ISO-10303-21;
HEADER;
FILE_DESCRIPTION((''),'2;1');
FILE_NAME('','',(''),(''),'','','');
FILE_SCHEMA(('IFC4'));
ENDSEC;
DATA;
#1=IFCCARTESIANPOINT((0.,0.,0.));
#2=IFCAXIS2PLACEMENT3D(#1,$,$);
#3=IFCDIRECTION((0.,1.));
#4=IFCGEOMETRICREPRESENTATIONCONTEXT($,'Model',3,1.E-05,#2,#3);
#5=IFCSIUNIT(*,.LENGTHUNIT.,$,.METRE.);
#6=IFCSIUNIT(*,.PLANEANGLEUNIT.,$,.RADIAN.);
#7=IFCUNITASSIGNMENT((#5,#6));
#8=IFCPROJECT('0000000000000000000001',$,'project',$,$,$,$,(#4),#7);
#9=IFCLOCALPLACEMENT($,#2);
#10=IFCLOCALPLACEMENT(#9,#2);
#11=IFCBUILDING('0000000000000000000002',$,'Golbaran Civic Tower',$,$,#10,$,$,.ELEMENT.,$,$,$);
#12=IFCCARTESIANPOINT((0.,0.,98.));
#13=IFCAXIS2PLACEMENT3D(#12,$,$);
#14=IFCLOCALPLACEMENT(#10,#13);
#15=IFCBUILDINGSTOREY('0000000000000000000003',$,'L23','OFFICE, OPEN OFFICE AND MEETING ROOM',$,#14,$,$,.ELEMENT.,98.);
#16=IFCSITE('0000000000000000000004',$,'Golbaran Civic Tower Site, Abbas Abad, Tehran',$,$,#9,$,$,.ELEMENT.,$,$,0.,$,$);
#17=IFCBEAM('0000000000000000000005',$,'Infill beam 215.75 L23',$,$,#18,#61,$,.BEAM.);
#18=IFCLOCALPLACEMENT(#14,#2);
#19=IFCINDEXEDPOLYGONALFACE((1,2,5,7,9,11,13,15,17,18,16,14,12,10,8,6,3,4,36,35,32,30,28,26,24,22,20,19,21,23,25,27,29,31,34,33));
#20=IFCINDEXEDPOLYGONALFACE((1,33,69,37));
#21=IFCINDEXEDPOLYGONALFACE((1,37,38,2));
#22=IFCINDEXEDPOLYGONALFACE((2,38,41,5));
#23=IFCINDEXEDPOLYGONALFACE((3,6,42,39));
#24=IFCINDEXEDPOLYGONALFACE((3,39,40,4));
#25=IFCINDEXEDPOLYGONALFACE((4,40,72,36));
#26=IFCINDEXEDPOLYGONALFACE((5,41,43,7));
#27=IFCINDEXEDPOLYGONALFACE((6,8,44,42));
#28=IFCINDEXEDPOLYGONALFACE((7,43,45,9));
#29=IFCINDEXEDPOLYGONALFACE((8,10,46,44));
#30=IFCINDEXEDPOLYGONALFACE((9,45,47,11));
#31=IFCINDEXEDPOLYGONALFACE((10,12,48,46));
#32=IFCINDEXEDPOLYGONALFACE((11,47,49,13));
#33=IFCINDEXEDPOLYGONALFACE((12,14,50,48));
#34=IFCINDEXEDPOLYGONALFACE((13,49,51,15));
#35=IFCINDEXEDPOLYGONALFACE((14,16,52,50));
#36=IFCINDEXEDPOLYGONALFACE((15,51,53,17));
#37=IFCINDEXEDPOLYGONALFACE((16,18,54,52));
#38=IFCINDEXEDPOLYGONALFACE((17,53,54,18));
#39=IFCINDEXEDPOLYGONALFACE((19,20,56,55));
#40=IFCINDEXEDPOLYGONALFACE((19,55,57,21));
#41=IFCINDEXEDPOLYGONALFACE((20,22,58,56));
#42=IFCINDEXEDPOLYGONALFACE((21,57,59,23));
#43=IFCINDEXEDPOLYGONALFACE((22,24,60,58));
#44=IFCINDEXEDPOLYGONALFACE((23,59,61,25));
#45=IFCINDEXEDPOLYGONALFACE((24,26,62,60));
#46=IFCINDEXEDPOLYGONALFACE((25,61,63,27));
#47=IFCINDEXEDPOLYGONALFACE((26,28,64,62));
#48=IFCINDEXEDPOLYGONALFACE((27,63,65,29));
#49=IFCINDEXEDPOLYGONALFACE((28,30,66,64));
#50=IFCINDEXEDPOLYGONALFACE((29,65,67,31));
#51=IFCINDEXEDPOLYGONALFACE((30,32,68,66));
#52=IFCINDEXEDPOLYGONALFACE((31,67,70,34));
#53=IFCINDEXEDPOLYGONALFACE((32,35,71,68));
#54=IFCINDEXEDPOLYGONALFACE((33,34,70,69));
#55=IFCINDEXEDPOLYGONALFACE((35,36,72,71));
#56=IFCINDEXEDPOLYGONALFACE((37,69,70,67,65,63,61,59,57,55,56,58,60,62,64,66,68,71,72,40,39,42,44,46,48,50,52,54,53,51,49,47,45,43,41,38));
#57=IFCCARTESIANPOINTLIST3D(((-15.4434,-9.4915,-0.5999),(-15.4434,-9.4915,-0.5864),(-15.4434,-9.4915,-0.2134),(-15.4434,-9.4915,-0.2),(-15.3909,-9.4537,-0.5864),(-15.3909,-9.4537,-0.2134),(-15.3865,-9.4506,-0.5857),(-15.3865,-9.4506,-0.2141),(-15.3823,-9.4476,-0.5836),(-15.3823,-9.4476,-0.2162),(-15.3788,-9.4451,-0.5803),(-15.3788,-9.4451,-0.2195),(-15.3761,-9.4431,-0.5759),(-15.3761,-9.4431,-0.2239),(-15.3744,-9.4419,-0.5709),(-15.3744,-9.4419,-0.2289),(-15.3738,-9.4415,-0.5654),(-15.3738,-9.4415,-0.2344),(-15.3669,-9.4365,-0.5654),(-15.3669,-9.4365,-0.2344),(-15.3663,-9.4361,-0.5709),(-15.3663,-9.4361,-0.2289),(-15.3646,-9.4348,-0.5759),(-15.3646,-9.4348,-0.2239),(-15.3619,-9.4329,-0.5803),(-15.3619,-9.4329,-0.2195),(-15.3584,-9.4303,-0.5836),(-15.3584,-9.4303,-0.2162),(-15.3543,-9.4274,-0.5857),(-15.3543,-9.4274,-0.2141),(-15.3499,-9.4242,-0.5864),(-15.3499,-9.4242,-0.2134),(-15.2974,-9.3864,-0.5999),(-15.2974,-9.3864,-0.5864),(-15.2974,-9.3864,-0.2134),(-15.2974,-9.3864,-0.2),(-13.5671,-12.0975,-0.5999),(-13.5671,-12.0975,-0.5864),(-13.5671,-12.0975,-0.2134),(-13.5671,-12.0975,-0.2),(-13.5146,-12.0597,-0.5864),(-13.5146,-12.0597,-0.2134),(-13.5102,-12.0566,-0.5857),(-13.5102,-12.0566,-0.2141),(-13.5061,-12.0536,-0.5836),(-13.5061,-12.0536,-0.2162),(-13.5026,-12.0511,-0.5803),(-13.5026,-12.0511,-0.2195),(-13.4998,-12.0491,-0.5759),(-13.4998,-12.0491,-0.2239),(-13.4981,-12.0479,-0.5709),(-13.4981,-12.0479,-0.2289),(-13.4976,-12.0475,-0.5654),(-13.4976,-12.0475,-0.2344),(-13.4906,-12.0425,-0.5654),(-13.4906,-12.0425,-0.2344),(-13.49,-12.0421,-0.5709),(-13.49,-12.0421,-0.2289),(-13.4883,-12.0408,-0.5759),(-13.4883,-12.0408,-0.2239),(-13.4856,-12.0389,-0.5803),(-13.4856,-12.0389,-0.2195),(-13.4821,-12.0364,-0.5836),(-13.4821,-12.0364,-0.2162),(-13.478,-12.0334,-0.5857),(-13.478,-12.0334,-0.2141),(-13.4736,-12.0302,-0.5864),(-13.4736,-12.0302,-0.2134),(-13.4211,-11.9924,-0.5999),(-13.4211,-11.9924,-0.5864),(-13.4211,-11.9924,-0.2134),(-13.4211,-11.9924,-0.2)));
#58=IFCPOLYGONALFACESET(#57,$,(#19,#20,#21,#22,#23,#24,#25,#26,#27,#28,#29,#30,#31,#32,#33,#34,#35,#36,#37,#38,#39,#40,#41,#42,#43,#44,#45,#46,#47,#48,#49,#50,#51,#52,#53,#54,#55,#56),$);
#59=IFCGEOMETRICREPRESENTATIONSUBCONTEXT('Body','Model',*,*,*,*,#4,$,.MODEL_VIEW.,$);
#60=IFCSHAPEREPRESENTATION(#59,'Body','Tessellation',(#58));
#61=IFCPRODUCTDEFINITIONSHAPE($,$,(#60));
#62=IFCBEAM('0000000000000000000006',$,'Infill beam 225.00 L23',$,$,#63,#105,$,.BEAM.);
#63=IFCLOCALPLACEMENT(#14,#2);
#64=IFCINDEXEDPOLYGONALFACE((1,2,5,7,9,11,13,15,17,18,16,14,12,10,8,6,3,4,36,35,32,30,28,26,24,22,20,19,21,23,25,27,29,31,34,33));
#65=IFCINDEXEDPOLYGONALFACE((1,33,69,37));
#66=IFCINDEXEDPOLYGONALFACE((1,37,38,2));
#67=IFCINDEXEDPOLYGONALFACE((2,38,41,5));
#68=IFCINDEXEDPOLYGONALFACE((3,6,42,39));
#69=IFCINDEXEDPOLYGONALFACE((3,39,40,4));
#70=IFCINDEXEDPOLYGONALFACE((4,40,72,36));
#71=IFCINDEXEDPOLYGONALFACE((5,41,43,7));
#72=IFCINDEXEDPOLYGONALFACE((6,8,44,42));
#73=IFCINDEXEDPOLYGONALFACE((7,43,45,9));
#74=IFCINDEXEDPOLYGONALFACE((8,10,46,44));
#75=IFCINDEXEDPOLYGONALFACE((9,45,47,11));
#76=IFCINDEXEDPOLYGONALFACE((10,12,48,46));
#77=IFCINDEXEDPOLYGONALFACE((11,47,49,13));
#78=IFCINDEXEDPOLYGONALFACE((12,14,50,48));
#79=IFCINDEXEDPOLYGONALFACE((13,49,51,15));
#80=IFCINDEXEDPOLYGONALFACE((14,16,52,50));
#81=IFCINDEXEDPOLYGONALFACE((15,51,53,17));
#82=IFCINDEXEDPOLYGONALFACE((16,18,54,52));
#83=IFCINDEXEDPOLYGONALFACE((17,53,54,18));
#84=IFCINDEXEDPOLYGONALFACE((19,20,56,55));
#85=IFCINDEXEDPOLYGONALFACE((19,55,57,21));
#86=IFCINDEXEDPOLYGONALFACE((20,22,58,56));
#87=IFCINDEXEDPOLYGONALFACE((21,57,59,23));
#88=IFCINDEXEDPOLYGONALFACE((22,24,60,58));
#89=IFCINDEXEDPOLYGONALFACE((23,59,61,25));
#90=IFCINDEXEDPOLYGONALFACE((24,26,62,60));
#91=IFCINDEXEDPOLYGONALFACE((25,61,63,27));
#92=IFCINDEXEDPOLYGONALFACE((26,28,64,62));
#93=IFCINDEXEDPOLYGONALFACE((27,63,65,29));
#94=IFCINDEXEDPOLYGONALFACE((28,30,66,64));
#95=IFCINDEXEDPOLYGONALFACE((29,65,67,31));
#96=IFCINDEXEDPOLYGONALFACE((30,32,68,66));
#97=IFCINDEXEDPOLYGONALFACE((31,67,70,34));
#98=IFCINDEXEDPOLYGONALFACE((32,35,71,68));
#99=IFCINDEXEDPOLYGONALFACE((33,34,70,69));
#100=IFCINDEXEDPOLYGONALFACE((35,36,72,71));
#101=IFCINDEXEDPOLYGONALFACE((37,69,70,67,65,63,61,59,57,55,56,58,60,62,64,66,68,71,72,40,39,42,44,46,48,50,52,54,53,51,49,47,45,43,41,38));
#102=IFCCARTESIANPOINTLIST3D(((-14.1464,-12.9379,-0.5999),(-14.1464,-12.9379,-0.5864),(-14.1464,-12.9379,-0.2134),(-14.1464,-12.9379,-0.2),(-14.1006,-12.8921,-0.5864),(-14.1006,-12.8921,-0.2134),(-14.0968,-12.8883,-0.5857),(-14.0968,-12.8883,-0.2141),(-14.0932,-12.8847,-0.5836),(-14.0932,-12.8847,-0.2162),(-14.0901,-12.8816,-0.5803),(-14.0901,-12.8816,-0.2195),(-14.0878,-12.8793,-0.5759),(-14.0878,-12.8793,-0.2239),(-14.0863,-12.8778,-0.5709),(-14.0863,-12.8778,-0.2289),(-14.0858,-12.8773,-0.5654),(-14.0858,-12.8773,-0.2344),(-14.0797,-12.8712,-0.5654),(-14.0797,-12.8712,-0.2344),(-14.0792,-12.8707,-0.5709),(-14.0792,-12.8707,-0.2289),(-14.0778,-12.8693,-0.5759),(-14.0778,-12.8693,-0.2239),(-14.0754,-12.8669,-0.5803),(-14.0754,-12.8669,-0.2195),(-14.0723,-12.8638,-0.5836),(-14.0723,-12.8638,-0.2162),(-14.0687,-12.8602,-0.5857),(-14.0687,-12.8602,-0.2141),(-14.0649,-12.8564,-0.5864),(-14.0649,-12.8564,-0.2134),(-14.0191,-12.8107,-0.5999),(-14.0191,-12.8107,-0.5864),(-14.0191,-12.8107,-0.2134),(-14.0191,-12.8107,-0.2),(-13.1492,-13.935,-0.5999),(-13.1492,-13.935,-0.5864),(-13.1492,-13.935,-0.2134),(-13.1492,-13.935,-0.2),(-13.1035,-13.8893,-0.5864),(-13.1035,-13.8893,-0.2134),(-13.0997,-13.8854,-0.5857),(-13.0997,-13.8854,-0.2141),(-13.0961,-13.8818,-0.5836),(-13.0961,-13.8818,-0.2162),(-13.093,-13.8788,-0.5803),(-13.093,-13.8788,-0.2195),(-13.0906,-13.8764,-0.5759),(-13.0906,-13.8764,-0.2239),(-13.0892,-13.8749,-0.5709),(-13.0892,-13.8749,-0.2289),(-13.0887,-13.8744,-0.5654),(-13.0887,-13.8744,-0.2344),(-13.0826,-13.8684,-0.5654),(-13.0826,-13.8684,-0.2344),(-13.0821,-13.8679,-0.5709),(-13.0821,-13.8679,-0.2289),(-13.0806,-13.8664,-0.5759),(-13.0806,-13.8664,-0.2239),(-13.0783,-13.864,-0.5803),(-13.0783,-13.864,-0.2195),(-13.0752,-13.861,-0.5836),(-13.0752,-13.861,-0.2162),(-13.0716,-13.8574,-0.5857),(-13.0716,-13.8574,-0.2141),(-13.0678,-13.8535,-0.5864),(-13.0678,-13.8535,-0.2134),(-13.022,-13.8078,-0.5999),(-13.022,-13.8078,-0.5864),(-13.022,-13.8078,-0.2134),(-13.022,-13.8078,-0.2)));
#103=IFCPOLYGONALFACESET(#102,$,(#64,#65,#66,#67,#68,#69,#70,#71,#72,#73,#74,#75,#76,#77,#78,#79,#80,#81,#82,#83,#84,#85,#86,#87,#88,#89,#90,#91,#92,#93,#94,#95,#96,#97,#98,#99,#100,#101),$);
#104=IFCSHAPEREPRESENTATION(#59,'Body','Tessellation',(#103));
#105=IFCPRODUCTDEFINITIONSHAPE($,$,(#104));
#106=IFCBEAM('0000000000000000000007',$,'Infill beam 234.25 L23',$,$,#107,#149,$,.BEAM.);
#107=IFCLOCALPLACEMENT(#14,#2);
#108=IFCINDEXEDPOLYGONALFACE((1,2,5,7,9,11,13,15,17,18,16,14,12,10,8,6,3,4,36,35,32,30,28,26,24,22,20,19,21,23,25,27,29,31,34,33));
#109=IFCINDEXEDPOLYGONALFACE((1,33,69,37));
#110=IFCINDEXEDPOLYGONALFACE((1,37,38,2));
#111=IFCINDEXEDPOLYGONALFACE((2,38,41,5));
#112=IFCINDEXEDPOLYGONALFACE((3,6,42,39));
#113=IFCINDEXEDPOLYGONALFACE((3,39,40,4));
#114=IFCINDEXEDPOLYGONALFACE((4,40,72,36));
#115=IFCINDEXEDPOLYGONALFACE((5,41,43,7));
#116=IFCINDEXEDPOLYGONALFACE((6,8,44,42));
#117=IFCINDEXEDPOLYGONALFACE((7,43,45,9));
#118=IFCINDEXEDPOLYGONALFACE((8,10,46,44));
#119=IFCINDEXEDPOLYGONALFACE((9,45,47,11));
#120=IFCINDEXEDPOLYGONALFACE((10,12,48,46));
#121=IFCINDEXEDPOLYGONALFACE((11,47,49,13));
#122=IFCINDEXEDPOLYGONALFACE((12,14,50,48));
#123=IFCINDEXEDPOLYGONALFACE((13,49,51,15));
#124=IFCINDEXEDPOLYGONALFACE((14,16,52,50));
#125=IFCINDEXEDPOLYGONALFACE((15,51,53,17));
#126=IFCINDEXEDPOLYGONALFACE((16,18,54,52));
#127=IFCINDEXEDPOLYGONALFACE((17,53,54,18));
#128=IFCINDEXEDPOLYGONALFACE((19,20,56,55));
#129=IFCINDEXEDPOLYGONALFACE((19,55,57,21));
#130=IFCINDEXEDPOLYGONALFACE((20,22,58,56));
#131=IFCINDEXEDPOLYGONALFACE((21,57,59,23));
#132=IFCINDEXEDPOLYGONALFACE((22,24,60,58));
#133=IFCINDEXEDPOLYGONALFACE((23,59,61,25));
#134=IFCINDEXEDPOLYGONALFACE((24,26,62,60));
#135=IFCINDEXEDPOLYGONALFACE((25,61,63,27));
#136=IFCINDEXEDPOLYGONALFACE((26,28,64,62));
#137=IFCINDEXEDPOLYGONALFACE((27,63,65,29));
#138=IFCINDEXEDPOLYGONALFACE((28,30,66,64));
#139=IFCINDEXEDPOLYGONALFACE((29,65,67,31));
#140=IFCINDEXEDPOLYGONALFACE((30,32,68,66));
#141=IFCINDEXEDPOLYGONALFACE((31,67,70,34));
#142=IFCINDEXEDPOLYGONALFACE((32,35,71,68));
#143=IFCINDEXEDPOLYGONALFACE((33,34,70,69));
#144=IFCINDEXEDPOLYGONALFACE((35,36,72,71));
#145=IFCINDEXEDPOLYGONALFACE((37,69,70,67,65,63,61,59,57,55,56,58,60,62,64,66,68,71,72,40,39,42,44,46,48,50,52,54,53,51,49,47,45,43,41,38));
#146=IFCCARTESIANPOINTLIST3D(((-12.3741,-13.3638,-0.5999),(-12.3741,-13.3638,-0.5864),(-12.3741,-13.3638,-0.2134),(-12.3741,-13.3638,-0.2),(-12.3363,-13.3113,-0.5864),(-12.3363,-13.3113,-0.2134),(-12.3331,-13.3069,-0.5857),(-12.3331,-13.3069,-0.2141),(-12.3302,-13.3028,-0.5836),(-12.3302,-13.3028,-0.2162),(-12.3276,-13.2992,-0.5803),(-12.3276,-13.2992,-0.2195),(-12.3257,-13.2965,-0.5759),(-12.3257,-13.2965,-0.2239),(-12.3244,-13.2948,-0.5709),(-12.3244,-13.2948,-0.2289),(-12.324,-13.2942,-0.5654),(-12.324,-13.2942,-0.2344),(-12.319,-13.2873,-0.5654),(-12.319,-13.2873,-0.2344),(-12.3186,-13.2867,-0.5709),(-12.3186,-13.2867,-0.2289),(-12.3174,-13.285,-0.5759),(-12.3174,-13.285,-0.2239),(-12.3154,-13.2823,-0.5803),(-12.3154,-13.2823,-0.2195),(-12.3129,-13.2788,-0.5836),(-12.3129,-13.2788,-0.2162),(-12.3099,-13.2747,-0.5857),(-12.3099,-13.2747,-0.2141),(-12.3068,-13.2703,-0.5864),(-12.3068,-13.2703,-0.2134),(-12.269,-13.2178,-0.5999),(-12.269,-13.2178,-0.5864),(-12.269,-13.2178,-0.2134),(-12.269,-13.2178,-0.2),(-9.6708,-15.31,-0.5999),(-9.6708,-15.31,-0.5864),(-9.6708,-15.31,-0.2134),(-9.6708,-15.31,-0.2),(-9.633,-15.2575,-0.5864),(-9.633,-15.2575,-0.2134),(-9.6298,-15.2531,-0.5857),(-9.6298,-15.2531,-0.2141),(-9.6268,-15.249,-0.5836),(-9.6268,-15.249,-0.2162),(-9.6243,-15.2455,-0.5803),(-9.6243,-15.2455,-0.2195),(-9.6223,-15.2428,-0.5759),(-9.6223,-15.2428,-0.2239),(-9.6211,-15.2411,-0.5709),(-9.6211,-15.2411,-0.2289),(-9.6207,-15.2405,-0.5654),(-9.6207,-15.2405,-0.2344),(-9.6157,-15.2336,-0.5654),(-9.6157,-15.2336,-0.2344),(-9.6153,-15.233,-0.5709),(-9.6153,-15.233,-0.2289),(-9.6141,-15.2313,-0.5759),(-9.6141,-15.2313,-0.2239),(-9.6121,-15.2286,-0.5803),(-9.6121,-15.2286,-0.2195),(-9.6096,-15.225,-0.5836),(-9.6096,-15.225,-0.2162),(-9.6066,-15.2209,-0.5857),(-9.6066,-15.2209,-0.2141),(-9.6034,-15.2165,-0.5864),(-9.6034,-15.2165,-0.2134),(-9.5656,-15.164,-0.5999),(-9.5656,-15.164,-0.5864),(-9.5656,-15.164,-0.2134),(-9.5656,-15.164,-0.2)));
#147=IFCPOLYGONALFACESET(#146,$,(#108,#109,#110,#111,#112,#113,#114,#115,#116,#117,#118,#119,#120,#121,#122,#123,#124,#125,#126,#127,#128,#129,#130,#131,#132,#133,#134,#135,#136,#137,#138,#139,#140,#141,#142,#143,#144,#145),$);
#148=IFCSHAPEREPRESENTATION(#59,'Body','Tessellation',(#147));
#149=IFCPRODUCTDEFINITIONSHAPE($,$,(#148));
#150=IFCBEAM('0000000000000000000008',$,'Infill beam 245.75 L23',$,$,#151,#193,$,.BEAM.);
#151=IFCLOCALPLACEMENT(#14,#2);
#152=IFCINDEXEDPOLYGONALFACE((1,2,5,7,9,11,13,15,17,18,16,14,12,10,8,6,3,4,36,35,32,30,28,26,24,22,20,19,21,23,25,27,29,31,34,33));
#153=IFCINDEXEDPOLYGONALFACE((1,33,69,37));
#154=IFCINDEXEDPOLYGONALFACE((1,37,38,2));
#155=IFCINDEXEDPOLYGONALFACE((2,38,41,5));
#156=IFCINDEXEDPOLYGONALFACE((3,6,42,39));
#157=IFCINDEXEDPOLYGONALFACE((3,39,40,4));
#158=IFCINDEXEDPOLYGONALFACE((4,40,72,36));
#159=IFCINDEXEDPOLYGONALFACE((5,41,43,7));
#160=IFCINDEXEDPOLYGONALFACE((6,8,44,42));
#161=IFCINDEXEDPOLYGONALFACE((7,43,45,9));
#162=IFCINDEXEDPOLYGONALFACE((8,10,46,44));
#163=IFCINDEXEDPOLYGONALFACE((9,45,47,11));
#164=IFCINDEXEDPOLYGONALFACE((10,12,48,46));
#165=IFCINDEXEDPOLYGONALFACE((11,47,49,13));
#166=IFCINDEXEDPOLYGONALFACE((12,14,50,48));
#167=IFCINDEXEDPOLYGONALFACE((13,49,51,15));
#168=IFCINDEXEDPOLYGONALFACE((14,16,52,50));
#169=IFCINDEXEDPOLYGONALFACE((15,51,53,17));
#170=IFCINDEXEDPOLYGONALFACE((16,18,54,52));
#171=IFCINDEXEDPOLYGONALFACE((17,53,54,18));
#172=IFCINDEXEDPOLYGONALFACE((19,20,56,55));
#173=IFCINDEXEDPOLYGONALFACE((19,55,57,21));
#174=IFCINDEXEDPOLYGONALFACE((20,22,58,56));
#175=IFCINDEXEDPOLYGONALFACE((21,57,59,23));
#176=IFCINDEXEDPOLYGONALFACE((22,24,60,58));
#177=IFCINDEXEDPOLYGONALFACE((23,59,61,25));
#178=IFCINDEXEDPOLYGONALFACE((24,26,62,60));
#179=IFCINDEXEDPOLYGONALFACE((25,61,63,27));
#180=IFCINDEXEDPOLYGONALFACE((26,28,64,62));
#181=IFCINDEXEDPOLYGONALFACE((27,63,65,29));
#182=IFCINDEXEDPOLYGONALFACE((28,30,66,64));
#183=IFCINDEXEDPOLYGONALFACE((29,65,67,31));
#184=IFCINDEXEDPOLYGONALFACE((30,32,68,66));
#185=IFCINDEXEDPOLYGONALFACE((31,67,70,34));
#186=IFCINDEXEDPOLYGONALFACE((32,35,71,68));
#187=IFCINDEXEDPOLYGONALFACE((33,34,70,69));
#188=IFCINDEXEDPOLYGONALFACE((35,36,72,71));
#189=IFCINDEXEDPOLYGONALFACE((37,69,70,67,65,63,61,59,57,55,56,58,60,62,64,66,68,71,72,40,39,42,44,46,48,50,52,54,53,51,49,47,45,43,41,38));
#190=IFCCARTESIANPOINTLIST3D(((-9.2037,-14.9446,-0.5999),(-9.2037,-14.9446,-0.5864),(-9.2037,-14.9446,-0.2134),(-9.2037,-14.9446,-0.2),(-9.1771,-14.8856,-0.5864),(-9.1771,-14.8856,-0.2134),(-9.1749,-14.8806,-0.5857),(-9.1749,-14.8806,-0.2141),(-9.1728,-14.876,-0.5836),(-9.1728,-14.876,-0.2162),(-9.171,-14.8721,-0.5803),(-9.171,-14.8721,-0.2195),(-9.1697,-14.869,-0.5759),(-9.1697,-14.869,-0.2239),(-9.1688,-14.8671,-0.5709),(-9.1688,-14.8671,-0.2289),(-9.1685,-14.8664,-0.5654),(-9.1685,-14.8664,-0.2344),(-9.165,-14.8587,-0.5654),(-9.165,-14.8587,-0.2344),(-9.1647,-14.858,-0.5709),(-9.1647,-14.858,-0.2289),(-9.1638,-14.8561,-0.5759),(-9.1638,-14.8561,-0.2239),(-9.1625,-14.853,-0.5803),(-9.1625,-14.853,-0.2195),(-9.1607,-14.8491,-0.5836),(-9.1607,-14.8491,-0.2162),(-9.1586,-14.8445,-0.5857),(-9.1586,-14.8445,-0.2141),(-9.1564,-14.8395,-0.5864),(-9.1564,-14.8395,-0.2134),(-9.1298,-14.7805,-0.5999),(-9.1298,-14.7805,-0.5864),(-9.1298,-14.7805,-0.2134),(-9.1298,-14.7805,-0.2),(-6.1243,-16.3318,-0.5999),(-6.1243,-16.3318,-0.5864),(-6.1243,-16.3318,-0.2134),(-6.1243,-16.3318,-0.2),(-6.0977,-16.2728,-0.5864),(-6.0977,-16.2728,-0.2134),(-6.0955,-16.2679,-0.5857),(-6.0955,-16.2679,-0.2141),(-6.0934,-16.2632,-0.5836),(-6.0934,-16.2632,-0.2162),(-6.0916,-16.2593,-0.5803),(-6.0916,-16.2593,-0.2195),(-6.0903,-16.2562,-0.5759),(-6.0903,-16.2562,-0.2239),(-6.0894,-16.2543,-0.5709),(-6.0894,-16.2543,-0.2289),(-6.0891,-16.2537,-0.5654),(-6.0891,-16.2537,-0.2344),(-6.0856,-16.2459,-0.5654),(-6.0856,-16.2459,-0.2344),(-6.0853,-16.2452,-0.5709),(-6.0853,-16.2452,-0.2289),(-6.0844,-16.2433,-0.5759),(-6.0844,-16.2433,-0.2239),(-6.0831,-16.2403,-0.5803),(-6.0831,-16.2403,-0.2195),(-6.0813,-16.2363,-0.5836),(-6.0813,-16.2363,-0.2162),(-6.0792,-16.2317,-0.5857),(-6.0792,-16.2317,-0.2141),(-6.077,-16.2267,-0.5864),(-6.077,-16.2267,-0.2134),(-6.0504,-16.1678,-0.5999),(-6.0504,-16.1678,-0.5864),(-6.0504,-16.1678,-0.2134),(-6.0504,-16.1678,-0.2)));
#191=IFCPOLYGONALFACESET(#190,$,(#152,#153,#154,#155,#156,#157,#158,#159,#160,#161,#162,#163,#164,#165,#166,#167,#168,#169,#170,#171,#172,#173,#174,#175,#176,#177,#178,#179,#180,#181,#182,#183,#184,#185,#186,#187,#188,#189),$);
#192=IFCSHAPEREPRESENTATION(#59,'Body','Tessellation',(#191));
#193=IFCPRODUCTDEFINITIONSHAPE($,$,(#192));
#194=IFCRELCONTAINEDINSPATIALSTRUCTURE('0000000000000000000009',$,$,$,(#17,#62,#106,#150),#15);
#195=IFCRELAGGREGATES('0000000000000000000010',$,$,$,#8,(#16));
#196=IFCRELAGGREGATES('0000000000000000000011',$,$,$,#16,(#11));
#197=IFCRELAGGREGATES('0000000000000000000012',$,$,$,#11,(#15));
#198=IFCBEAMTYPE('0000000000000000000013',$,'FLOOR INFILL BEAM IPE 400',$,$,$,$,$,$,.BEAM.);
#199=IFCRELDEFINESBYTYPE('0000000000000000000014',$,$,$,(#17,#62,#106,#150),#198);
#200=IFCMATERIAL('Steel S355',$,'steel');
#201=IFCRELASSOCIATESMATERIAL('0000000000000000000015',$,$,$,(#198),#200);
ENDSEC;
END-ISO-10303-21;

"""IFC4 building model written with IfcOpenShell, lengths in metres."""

from ifc_helpers import new_model, si_unit, direction, frame, origin, origin_2d, place, context, subcontext, project, spatial, i_section, extrude, material, material_profile, profile_set, type_object, element, save


model = new_model("IFC4")

# Units and contexts
model_context = context("Model", 3, precision=1e-05, world=origin(), true_north=direction((0.0, 1.0)))
body_context = subcontext(model_context, "Body", "Model", "MODEL_VIEW")
ifc_project = project(units=[si_unit("LENGTHUNIT", "METRE"), si_unit("PLANEANGLEUNIT", "RADIAN")], contexts=[model_context])

# Site, building, storey
site_placement = place(None, origin())
site = spatial("IfcSite", under=ifc_project, at=site_placement, Name="Golbaran Civic Tower Site, Abbas Abad, Tehran", CompositionType="ELEMENT", RefElevation=0.0)
building_placement = place(site_placement, origin())
building = spatial("IfcBuilding", under=site, at=building_placement, Name="Golbaran Civic Tower", CompositionType="ELEMENT")
storey_placement = place(building_placement, frame((0.0, 0.0, 98.0)))
storey = spatial("IfcBuildingStorey", under=building, at=storey_placement, Name="L23", Description="OFFICE, OPEN OFFICE AND MEETING ROOM", CompositionType="ELEMENT", Elevation=98.0)

# Beams
ifc_material_1 = material(Name="Steel S355", Category="steel")
ifc_material_profile_1 = material_profile(ifc_material_1, i_section(OverallWidth=0.1799, OverallDepth=0.3999, WebThickness=0.0085, FlangeThickness=0.0134, FilletRadius=0.021, at=origin_2d()), Name="IPE 400")
ifc_profile_set_1 = profile_set([ifc_material_profile_1], Name="Steel S355")
beam_type_1 = type_object("IfcBeamType", Name="FLOOR INFILL BEAM IPE 400", PredefinedType="BEAM", material=ifc_profile_set_1)
beam_1_placement = place(storey_placement, frame((-15.3704, -9.439, -0.3999), z_axis=(0.584291, -0.811544, 0.0), x_axis=(0.811544, 0.584291, 0.0)))
element("IfcBeam", 1, at=beam_1_placement, inside=storey, type_object=beam_type_1, Name="Infill beam 215.75 L23", PredefinedType="BEAM", context=body_context, shape_type="SweptSolid", body=[
    extrude(i_section(OverallWidth=0.1799, OverallDepth=0.3999, WebThickness=0.0085, FlangeThickness=0.0134, FilletRadius=0.021, at=origin_2d()), origin(), (0.0, 0.0, 1.0), 3.2112),
])
beam_2_placement = place(storey_placement, frame((-14.0828, -12.8743, -0.3999), z_axis=(0.707107, -0.707107, 0.0), x_axis=(0.707107, 0.707107, 0.0)))
element("IfcBeam", 2, at=beam_2_placement, inside=storey, type_object=beam_type_1, Name="Infill beam 225.00 L23", PredefinedType="BEAM", context=body_context, shape_type="SweptSolid", body=[
    extrude(i_section(OverallWidth=0.1799, OverallDepth=0.3999, WebThickness=0.0085, FlangeThickness=0.0134, FilletRadius=0.021, at=origin_2d()), origin(), (0.0, 0.0, 1.0), 1.4102),
])
beam_3_placement = place(storey_placement, frame((-12.3215, -13.2908, -0.3999), z_axis=(0.811554, -0.584278, 0.0), x_axis=(0.584278, 0.811554, 0.0)))
element("IfcBeam", 3, at=beam_3_placement, inside=storey, type_object=beam_type_1, Name="Infill beam 234.25 L23", PredefinedType="BEAM", context=body_context, shape_type="SweptSolid", body=[
    extrude(i_section(OverallWidth=0.1799, OverallDepth=0.3999, WebThickness=0.0085, FlangeThickness=0.0134, FilletRadius=0.021, at=origin_2d()), origin(), (0.0, 0.0, 1.0), 3.3311),
])
beam_4_placement = place(storey_placement, frame((-9.1667, -14.8625, -0.3999), z_axis=(0.911755, -0.410734, 0.0), x_axis=(0.410734, 0.911755, 0.0)))
element("IfcBeam", 4, at=beam_4_placement, inside=storey, type_object=beam_type_1, Name="Infill beam 245.75 L23", PredefinedType="BEAM", context=body_context, shape_type="SweptSolid", body=[
    extrude(i_section(OverallWidth=0.1799, OverallDepth=0.3999, WebThickness=0.0085, FlangeThickness=0.0134, FilletRadius=0.021, at=origin_2d()), origin(), (0.0, 0.0, 1.0), 3.3774),
])

save(model, "model.ifc")
